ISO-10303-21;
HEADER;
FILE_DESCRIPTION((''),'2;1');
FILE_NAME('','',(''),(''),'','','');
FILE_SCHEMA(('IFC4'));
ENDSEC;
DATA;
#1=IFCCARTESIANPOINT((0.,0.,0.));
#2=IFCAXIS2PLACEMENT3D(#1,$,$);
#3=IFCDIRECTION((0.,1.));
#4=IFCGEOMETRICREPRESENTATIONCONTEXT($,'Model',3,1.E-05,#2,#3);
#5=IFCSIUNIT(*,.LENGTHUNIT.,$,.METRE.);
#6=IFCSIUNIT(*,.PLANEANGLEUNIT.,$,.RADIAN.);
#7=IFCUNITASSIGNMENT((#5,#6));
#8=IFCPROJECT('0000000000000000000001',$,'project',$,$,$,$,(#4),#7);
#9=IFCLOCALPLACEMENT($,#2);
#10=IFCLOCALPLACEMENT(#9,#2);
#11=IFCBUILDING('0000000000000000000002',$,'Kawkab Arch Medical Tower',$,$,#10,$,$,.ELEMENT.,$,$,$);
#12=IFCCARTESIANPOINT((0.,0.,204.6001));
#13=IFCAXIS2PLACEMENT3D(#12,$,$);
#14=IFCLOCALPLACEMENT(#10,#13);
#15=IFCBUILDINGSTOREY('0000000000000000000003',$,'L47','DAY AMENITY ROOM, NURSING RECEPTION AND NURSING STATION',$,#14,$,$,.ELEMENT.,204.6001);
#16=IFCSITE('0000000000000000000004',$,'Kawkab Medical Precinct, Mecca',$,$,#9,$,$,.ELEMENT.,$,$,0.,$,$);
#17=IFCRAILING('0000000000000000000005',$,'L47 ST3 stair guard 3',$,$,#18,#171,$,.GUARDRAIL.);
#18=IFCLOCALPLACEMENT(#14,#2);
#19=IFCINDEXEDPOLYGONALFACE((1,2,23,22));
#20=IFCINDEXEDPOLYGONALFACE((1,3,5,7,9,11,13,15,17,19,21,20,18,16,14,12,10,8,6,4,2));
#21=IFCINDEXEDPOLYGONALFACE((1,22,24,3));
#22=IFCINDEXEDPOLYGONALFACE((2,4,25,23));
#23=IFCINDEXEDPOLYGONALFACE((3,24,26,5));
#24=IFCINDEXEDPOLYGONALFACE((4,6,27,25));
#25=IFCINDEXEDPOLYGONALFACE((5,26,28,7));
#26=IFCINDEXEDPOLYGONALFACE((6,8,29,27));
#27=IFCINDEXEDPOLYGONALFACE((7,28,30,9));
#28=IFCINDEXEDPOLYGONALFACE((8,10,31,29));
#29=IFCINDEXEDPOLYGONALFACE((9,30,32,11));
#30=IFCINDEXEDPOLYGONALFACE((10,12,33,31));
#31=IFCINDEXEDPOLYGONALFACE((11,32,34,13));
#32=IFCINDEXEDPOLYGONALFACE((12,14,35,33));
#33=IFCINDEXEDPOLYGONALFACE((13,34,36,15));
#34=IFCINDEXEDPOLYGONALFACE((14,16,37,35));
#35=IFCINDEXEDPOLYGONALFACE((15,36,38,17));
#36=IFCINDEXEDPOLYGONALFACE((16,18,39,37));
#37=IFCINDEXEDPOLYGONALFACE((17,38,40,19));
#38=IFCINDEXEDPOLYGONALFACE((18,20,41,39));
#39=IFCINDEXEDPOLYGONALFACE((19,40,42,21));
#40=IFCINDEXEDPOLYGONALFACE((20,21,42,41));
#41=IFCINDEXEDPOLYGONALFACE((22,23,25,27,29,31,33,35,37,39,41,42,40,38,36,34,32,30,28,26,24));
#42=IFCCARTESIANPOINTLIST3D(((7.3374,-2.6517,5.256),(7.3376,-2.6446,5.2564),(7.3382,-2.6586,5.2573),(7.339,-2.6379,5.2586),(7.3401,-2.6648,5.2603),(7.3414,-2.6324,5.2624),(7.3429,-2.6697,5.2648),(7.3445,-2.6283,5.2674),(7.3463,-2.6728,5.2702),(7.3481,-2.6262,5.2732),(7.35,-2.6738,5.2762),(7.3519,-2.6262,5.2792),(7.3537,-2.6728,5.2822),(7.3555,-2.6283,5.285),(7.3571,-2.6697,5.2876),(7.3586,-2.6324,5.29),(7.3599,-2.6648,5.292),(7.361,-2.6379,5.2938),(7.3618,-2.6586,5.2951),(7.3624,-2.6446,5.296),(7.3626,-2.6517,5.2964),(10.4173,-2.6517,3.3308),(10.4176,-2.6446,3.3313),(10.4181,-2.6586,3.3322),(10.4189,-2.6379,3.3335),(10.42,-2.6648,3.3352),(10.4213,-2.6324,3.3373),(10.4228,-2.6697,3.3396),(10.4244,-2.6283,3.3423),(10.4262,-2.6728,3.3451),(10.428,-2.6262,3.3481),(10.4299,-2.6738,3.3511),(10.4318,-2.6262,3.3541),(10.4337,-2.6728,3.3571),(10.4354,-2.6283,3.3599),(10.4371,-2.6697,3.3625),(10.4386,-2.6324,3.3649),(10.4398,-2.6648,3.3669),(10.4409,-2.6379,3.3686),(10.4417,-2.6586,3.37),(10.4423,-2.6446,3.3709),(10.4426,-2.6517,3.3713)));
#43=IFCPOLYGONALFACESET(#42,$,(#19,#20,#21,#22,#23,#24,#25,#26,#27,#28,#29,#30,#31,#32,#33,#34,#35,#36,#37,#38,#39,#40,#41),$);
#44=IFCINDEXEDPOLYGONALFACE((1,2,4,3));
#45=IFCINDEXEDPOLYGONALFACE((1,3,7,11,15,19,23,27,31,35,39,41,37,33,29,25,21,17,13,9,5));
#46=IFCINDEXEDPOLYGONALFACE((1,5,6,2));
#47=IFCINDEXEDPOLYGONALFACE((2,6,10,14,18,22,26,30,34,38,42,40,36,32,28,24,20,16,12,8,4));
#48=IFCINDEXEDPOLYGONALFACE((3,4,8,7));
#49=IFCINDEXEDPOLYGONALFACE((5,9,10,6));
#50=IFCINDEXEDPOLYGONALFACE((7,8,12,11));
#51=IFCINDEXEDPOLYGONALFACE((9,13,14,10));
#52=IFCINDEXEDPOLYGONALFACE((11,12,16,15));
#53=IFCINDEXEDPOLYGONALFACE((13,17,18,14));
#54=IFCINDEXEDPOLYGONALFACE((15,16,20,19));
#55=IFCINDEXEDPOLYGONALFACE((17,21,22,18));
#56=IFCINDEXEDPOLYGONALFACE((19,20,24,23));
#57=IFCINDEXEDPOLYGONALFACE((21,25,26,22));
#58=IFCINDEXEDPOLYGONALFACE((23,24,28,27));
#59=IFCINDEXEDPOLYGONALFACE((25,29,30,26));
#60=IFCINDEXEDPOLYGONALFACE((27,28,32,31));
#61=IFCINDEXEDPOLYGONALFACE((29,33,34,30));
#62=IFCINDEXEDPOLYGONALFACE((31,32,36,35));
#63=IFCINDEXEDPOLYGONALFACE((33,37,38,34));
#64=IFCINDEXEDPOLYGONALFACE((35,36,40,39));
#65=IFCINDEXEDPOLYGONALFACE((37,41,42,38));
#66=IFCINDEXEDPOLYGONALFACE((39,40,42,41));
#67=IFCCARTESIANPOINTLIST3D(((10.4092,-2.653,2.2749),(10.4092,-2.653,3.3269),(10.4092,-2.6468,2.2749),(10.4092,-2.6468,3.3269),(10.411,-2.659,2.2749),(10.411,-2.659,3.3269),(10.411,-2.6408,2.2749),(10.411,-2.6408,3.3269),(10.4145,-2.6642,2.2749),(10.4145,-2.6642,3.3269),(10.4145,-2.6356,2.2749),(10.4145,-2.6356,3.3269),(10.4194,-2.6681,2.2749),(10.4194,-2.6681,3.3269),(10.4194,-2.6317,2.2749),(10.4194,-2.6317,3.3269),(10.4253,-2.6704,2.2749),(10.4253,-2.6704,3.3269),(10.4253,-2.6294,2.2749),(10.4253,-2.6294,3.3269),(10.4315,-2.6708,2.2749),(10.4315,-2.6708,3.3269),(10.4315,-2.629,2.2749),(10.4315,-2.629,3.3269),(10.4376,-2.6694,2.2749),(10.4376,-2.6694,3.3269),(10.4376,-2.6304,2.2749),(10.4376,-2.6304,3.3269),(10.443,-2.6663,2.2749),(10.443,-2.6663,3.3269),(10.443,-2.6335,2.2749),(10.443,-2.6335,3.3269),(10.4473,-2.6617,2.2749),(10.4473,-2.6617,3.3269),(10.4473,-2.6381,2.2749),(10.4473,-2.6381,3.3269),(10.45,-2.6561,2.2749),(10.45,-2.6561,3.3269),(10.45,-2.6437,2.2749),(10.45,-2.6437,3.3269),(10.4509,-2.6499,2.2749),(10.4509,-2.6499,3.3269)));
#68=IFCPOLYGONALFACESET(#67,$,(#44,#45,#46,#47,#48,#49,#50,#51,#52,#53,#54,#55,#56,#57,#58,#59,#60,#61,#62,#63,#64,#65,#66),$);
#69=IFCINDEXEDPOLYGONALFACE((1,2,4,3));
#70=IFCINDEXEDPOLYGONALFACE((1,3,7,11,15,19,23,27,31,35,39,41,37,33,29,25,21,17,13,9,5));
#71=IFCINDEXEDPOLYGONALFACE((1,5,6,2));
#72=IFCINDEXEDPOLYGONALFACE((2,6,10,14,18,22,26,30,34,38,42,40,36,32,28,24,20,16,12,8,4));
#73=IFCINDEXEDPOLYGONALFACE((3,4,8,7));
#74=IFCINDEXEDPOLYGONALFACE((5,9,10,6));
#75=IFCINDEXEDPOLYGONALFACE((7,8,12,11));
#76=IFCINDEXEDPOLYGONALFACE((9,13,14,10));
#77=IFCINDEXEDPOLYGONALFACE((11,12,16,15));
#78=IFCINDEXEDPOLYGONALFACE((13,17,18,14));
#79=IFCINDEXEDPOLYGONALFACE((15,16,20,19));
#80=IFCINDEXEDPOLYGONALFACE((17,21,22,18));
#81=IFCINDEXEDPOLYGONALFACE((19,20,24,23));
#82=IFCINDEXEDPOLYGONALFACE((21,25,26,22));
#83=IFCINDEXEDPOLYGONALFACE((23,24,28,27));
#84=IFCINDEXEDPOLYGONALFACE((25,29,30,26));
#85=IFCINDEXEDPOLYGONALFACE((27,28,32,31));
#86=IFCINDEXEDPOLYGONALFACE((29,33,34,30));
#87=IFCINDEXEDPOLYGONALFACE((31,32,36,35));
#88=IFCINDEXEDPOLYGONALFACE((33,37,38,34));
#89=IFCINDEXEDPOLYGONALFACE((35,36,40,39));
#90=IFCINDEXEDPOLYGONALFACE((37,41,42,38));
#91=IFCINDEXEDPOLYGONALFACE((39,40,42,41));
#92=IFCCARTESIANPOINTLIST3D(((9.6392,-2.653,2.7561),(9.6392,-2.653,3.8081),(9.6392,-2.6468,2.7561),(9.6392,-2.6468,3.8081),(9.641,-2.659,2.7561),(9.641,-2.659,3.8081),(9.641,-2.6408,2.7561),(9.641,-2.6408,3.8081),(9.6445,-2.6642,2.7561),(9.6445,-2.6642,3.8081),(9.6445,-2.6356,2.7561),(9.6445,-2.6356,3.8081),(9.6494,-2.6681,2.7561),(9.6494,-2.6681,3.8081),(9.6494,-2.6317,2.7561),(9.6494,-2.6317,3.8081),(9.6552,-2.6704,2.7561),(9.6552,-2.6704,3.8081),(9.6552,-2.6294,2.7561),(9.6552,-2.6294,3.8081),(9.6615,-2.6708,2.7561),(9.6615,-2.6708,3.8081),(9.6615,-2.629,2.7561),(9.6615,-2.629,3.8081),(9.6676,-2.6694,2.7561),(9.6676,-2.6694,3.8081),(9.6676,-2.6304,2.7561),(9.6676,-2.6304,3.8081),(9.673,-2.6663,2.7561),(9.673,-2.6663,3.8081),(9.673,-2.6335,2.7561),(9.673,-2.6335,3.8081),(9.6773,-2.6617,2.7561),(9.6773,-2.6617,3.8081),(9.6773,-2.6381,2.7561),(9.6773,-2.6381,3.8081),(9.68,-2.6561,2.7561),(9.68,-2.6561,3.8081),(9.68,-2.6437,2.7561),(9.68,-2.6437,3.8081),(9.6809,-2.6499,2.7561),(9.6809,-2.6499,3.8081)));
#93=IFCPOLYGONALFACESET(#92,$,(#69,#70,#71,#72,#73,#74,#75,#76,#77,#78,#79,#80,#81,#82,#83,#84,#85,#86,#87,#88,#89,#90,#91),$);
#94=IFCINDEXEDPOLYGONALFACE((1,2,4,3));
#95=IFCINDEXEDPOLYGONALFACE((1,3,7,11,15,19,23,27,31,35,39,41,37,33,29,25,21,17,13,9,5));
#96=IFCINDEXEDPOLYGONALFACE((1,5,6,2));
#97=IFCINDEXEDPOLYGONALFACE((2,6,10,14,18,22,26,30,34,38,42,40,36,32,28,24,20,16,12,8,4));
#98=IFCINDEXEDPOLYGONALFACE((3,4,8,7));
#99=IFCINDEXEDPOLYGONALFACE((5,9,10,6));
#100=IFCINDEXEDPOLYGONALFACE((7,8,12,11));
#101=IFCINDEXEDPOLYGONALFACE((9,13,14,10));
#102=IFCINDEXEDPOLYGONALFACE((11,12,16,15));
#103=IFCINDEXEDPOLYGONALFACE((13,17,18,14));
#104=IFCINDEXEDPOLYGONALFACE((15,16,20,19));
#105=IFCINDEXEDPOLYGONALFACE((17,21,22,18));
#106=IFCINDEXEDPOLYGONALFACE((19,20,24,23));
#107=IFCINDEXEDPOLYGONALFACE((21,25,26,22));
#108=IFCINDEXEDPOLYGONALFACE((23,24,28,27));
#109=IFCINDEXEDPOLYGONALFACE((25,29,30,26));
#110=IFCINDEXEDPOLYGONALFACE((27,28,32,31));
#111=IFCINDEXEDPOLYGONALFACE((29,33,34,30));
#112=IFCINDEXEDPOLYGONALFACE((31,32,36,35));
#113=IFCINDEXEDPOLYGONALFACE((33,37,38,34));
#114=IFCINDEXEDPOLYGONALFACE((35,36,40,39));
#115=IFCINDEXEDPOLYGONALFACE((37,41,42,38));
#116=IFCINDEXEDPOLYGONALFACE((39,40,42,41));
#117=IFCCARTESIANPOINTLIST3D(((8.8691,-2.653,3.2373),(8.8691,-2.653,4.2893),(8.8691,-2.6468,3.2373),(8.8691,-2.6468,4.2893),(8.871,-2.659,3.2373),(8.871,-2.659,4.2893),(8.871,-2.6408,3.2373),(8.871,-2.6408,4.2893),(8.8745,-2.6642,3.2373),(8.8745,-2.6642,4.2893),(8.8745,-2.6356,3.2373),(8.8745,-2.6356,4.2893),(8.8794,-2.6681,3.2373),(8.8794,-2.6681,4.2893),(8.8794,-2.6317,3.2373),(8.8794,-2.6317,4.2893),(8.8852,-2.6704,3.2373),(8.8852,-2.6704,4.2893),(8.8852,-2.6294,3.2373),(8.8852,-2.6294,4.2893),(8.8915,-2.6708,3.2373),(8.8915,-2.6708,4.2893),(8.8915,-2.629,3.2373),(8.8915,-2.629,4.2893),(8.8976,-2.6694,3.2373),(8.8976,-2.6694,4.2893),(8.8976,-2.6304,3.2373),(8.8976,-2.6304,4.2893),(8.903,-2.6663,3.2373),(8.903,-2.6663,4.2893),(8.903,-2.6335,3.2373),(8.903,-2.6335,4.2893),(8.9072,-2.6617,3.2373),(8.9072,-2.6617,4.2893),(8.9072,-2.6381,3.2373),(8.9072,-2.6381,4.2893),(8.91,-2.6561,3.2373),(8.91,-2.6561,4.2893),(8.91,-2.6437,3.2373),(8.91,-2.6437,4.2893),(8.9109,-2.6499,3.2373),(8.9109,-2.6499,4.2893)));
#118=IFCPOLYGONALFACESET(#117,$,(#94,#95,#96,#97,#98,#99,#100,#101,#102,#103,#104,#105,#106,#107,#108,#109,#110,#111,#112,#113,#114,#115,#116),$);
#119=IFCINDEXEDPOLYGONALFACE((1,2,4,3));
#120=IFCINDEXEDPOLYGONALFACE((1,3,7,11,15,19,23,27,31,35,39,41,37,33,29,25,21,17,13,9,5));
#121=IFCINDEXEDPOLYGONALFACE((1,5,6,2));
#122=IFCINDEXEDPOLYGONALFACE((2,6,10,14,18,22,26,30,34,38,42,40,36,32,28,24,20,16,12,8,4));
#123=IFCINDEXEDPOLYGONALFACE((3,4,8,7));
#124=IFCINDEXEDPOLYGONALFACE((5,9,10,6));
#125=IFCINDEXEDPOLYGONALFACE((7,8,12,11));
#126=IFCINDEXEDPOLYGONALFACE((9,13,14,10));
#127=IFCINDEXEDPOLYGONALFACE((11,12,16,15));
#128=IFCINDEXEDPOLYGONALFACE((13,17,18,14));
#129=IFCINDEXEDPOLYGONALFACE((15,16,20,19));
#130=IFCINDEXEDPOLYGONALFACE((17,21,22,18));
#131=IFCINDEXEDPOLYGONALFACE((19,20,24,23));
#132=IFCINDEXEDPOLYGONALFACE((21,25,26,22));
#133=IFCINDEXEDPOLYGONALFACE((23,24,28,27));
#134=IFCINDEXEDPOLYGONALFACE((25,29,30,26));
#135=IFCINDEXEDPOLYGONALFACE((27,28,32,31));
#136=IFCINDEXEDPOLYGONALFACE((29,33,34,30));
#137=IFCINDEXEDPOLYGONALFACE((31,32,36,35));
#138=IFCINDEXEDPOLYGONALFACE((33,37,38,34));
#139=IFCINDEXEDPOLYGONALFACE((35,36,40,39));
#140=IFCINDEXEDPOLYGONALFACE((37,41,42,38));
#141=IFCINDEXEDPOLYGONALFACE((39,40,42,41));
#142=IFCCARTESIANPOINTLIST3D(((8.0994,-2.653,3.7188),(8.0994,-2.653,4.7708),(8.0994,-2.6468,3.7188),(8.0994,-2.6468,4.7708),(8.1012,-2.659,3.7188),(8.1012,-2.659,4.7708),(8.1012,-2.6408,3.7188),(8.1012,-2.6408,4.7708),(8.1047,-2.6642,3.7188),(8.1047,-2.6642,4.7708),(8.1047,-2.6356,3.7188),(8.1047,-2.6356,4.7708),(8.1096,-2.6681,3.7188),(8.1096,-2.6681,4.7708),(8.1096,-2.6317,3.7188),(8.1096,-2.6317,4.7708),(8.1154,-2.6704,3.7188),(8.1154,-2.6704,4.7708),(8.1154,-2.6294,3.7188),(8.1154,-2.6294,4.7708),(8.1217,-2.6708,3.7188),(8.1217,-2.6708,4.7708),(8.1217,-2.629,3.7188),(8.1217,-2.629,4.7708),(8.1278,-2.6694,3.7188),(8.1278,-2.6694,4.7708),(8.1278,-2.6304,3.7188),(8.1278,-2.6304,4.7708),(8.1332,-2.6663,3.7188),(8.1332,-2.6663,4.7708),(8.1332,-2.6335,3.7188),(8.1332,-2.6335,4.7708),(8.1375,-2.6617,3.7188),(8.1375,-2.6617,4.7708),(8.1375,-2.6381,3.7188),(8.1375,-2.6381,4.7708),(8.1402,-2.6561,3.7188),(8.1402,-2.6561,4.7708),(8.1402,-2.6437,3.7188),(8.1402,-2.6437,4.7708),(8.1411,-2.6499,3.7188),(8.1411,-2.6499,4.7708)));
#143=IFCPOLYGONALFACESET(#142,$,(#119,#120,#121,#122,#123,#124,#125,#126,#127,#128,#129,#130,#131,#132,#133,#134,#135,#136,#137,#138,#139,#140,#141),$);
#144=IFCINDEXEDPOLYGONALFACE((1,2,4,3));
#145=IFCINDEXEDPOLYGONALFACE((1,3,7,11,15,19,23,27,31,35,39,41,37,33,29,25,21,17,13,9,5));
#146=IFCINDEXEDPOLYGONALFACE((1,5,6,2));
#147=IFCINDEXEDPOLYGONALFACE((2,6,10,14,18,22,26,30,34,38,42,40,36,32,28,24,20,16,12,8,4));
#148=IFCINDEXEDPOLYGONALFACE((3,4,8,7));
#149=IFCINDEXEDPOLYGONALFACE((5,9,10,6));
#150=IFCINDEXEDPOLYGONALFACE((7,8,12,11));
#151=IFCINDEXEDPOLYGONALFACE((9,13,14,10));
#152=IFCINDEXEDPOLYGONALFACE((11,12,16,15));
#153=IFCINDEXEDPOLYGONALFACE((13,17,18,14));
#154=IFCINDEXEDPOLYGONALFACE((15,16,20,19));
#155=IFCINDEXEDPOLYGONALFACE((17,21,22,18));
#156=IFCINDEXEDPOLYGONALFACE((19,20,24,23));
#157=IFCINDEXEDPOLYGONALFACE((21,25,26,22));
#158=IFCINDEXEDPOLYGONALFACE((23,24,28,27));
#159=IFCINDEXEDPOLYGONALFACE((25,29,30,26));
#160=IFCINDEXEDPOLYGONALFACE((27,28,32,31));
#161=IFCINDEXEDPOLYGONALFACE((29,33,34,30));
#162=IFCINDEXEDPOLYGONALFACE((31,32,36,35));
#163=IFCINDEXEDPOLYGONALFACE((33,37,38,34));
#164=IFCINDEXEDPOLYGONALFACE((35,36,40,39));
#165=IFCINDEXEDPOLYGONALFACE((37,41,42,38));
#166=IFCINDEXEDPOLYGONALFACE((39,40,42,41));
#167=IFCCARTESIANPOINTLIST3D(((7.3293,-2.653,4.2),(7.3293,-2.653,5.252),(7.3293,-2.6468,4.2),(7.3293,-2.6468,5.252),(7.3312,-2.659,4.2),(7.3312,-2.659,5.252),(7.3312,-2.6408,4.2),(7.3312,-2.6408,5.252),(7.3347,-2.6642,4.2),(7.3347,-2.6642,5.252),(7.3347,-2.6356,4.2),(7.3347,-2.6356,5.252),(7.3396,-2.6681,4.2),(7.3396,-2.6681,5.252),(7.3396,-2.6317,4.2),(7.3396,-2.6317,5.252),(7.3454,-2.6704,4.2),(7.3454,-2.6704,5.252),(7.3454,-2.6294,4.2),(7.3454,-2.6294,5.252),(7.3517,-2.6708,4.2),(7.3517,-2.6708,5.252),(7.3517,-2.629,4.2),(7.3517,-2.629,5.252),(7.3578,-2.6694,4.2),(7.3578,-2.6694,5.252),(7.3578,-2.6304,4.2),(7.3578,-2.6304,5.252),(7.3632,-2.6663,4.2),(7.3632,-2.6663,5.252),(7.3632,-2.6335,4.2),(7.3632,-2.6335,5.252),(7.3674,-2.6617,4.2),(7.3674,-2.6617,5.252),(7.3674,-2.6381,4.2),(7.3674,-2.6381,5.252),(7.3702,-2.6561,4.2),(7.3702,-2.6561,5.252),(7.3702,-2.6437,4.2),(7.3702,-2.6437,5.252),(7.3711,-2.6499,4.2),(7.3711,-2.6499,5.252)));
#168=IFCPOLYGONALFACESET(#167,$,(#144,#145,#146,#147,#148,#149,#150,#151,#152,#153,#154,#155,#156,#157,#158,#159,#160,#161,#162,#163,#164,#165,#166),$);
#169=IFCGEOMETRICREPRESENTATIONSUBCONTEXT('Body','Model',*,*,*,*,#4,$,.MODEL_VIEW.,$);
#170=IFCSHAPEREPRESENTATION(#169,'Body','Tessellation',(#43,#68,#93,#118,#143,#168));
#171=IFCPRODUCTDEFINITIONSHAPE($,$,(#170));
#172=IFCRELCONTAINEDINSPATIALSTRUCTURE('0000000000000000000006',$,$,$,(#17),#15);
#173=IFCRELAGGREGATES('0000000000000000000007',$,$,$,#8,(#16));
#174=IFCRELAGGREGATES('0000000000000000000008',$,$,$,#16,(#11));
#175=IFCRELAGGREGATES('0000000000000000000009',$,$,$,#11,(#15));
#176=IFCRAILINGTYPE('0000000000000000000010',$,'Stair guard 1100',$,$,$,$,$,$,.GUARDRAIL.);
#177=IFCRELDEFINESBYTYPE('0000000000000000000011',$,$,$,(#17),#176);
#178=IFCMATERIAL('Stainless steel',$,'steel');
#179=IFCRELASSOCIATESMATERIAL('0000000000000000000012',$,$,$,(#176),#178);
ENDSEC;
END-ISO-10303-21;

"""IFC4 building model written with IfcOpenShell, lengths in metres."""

from ifc_helpers import new_model, si_unit, direction, frame, origin, origin_2d, place, context, subcontext, project, spatial, circle, extrude, material, type_object, element, save


model = new_model("IFC4")

# Units and contexts
model_context = context("Model", 3, precision=1e-05, world=origin(), true_north=direction((0.0, 1.0)))
body_context = subcontext(model_context, "Body", "Model", "MODEL_VIEW")
ifc_project = project(units=[si_unit("LENGTHUNIT", "METRE"), si_unit("PLANEANGLEUNIT", "RADIAN")], contexts=[model_context])

# Site, building, storey
site_placement = place(None, origin())
site = spatial("IfcSite", under=ifc_project, at=site_placement, Name="Kawkab Medical Precinct, Mecca", CompositionType="ELEMENT", RefElevation=0.0)
building_placement = place(site_placement, origin())
building = spatial("IfcBuilding", under=site, at=building_placement, Name="Kawkab Arch Medical Tower", CompositionType="ELEMENT")
storey_placement = place(building_placement, frame((0.0, 0.0, 204.6001)))
storey = spatial("IfcBuildingStorey", under=building, at=storey_placement, Name="L47", Description="DAY AMENITY ROOM, NURSING RECEPTION AND NURSING STATION", CompositionType="ELEMENT", Elevation=204.6001)

# Railing
ifc_material_1 = material(Name="Stainless steel", Category="steel")
railing_type_1 = type_object("IfcRailingType", Name="Stair guard 1100", PredefinedType="GUARDRAIL", material=ifc_material_1)
railing_1_placement = place(storey_placement, frame((10.4299, -2.6499, 2.2749)))
element("IfcRailing", 1, at=railing_1_placement, inside=storey, type_object=railing_type_1, Name="L47 ST3 stair guard 3", PredefinedType="GUARDRAIL", context=body_context, shape_type="SweptSolid", body=[
    extrude(circle(Radius=0.0239, at=origin_2d()), frame((0.0, 0.0, 1.0762), z_axis=(-0.847979, 0.0, 0.530029), x_axis=(0.0, -1.0, 0.0)), (0.0, 0.0, 1.0), 3.6321),
    extrude(circle(Radius=0.021, at=origin_2d()), origin(), (0.0, 0.0, 1.0), 1.052),
    extrude(circle(Radius=0.021, at=origin_2d()), frame((-0.77, 0.0, 0.4812)), (0.0, 0.0, 1.0), 1.052),
    extrude(circle(Radius=0.021, at=origin_2d()), frame((-1.54, 0.0, 0.9624)), (0.0, 0.0, 1.0), 1.052),
    extrude(circle(Radius=0.021, at=origin_2d()), frame((-2.3098, 0.0, 1.4438)), (0.0, 0.0, 1.0), 1.052),
    extrude(circle(Radius=0.021, at=origin_2d()), frame((-3.0798, 0.0, 1.925)), (0.0, 0.0, 1.0), 1.052),
])

save(model, "model.ifc")
